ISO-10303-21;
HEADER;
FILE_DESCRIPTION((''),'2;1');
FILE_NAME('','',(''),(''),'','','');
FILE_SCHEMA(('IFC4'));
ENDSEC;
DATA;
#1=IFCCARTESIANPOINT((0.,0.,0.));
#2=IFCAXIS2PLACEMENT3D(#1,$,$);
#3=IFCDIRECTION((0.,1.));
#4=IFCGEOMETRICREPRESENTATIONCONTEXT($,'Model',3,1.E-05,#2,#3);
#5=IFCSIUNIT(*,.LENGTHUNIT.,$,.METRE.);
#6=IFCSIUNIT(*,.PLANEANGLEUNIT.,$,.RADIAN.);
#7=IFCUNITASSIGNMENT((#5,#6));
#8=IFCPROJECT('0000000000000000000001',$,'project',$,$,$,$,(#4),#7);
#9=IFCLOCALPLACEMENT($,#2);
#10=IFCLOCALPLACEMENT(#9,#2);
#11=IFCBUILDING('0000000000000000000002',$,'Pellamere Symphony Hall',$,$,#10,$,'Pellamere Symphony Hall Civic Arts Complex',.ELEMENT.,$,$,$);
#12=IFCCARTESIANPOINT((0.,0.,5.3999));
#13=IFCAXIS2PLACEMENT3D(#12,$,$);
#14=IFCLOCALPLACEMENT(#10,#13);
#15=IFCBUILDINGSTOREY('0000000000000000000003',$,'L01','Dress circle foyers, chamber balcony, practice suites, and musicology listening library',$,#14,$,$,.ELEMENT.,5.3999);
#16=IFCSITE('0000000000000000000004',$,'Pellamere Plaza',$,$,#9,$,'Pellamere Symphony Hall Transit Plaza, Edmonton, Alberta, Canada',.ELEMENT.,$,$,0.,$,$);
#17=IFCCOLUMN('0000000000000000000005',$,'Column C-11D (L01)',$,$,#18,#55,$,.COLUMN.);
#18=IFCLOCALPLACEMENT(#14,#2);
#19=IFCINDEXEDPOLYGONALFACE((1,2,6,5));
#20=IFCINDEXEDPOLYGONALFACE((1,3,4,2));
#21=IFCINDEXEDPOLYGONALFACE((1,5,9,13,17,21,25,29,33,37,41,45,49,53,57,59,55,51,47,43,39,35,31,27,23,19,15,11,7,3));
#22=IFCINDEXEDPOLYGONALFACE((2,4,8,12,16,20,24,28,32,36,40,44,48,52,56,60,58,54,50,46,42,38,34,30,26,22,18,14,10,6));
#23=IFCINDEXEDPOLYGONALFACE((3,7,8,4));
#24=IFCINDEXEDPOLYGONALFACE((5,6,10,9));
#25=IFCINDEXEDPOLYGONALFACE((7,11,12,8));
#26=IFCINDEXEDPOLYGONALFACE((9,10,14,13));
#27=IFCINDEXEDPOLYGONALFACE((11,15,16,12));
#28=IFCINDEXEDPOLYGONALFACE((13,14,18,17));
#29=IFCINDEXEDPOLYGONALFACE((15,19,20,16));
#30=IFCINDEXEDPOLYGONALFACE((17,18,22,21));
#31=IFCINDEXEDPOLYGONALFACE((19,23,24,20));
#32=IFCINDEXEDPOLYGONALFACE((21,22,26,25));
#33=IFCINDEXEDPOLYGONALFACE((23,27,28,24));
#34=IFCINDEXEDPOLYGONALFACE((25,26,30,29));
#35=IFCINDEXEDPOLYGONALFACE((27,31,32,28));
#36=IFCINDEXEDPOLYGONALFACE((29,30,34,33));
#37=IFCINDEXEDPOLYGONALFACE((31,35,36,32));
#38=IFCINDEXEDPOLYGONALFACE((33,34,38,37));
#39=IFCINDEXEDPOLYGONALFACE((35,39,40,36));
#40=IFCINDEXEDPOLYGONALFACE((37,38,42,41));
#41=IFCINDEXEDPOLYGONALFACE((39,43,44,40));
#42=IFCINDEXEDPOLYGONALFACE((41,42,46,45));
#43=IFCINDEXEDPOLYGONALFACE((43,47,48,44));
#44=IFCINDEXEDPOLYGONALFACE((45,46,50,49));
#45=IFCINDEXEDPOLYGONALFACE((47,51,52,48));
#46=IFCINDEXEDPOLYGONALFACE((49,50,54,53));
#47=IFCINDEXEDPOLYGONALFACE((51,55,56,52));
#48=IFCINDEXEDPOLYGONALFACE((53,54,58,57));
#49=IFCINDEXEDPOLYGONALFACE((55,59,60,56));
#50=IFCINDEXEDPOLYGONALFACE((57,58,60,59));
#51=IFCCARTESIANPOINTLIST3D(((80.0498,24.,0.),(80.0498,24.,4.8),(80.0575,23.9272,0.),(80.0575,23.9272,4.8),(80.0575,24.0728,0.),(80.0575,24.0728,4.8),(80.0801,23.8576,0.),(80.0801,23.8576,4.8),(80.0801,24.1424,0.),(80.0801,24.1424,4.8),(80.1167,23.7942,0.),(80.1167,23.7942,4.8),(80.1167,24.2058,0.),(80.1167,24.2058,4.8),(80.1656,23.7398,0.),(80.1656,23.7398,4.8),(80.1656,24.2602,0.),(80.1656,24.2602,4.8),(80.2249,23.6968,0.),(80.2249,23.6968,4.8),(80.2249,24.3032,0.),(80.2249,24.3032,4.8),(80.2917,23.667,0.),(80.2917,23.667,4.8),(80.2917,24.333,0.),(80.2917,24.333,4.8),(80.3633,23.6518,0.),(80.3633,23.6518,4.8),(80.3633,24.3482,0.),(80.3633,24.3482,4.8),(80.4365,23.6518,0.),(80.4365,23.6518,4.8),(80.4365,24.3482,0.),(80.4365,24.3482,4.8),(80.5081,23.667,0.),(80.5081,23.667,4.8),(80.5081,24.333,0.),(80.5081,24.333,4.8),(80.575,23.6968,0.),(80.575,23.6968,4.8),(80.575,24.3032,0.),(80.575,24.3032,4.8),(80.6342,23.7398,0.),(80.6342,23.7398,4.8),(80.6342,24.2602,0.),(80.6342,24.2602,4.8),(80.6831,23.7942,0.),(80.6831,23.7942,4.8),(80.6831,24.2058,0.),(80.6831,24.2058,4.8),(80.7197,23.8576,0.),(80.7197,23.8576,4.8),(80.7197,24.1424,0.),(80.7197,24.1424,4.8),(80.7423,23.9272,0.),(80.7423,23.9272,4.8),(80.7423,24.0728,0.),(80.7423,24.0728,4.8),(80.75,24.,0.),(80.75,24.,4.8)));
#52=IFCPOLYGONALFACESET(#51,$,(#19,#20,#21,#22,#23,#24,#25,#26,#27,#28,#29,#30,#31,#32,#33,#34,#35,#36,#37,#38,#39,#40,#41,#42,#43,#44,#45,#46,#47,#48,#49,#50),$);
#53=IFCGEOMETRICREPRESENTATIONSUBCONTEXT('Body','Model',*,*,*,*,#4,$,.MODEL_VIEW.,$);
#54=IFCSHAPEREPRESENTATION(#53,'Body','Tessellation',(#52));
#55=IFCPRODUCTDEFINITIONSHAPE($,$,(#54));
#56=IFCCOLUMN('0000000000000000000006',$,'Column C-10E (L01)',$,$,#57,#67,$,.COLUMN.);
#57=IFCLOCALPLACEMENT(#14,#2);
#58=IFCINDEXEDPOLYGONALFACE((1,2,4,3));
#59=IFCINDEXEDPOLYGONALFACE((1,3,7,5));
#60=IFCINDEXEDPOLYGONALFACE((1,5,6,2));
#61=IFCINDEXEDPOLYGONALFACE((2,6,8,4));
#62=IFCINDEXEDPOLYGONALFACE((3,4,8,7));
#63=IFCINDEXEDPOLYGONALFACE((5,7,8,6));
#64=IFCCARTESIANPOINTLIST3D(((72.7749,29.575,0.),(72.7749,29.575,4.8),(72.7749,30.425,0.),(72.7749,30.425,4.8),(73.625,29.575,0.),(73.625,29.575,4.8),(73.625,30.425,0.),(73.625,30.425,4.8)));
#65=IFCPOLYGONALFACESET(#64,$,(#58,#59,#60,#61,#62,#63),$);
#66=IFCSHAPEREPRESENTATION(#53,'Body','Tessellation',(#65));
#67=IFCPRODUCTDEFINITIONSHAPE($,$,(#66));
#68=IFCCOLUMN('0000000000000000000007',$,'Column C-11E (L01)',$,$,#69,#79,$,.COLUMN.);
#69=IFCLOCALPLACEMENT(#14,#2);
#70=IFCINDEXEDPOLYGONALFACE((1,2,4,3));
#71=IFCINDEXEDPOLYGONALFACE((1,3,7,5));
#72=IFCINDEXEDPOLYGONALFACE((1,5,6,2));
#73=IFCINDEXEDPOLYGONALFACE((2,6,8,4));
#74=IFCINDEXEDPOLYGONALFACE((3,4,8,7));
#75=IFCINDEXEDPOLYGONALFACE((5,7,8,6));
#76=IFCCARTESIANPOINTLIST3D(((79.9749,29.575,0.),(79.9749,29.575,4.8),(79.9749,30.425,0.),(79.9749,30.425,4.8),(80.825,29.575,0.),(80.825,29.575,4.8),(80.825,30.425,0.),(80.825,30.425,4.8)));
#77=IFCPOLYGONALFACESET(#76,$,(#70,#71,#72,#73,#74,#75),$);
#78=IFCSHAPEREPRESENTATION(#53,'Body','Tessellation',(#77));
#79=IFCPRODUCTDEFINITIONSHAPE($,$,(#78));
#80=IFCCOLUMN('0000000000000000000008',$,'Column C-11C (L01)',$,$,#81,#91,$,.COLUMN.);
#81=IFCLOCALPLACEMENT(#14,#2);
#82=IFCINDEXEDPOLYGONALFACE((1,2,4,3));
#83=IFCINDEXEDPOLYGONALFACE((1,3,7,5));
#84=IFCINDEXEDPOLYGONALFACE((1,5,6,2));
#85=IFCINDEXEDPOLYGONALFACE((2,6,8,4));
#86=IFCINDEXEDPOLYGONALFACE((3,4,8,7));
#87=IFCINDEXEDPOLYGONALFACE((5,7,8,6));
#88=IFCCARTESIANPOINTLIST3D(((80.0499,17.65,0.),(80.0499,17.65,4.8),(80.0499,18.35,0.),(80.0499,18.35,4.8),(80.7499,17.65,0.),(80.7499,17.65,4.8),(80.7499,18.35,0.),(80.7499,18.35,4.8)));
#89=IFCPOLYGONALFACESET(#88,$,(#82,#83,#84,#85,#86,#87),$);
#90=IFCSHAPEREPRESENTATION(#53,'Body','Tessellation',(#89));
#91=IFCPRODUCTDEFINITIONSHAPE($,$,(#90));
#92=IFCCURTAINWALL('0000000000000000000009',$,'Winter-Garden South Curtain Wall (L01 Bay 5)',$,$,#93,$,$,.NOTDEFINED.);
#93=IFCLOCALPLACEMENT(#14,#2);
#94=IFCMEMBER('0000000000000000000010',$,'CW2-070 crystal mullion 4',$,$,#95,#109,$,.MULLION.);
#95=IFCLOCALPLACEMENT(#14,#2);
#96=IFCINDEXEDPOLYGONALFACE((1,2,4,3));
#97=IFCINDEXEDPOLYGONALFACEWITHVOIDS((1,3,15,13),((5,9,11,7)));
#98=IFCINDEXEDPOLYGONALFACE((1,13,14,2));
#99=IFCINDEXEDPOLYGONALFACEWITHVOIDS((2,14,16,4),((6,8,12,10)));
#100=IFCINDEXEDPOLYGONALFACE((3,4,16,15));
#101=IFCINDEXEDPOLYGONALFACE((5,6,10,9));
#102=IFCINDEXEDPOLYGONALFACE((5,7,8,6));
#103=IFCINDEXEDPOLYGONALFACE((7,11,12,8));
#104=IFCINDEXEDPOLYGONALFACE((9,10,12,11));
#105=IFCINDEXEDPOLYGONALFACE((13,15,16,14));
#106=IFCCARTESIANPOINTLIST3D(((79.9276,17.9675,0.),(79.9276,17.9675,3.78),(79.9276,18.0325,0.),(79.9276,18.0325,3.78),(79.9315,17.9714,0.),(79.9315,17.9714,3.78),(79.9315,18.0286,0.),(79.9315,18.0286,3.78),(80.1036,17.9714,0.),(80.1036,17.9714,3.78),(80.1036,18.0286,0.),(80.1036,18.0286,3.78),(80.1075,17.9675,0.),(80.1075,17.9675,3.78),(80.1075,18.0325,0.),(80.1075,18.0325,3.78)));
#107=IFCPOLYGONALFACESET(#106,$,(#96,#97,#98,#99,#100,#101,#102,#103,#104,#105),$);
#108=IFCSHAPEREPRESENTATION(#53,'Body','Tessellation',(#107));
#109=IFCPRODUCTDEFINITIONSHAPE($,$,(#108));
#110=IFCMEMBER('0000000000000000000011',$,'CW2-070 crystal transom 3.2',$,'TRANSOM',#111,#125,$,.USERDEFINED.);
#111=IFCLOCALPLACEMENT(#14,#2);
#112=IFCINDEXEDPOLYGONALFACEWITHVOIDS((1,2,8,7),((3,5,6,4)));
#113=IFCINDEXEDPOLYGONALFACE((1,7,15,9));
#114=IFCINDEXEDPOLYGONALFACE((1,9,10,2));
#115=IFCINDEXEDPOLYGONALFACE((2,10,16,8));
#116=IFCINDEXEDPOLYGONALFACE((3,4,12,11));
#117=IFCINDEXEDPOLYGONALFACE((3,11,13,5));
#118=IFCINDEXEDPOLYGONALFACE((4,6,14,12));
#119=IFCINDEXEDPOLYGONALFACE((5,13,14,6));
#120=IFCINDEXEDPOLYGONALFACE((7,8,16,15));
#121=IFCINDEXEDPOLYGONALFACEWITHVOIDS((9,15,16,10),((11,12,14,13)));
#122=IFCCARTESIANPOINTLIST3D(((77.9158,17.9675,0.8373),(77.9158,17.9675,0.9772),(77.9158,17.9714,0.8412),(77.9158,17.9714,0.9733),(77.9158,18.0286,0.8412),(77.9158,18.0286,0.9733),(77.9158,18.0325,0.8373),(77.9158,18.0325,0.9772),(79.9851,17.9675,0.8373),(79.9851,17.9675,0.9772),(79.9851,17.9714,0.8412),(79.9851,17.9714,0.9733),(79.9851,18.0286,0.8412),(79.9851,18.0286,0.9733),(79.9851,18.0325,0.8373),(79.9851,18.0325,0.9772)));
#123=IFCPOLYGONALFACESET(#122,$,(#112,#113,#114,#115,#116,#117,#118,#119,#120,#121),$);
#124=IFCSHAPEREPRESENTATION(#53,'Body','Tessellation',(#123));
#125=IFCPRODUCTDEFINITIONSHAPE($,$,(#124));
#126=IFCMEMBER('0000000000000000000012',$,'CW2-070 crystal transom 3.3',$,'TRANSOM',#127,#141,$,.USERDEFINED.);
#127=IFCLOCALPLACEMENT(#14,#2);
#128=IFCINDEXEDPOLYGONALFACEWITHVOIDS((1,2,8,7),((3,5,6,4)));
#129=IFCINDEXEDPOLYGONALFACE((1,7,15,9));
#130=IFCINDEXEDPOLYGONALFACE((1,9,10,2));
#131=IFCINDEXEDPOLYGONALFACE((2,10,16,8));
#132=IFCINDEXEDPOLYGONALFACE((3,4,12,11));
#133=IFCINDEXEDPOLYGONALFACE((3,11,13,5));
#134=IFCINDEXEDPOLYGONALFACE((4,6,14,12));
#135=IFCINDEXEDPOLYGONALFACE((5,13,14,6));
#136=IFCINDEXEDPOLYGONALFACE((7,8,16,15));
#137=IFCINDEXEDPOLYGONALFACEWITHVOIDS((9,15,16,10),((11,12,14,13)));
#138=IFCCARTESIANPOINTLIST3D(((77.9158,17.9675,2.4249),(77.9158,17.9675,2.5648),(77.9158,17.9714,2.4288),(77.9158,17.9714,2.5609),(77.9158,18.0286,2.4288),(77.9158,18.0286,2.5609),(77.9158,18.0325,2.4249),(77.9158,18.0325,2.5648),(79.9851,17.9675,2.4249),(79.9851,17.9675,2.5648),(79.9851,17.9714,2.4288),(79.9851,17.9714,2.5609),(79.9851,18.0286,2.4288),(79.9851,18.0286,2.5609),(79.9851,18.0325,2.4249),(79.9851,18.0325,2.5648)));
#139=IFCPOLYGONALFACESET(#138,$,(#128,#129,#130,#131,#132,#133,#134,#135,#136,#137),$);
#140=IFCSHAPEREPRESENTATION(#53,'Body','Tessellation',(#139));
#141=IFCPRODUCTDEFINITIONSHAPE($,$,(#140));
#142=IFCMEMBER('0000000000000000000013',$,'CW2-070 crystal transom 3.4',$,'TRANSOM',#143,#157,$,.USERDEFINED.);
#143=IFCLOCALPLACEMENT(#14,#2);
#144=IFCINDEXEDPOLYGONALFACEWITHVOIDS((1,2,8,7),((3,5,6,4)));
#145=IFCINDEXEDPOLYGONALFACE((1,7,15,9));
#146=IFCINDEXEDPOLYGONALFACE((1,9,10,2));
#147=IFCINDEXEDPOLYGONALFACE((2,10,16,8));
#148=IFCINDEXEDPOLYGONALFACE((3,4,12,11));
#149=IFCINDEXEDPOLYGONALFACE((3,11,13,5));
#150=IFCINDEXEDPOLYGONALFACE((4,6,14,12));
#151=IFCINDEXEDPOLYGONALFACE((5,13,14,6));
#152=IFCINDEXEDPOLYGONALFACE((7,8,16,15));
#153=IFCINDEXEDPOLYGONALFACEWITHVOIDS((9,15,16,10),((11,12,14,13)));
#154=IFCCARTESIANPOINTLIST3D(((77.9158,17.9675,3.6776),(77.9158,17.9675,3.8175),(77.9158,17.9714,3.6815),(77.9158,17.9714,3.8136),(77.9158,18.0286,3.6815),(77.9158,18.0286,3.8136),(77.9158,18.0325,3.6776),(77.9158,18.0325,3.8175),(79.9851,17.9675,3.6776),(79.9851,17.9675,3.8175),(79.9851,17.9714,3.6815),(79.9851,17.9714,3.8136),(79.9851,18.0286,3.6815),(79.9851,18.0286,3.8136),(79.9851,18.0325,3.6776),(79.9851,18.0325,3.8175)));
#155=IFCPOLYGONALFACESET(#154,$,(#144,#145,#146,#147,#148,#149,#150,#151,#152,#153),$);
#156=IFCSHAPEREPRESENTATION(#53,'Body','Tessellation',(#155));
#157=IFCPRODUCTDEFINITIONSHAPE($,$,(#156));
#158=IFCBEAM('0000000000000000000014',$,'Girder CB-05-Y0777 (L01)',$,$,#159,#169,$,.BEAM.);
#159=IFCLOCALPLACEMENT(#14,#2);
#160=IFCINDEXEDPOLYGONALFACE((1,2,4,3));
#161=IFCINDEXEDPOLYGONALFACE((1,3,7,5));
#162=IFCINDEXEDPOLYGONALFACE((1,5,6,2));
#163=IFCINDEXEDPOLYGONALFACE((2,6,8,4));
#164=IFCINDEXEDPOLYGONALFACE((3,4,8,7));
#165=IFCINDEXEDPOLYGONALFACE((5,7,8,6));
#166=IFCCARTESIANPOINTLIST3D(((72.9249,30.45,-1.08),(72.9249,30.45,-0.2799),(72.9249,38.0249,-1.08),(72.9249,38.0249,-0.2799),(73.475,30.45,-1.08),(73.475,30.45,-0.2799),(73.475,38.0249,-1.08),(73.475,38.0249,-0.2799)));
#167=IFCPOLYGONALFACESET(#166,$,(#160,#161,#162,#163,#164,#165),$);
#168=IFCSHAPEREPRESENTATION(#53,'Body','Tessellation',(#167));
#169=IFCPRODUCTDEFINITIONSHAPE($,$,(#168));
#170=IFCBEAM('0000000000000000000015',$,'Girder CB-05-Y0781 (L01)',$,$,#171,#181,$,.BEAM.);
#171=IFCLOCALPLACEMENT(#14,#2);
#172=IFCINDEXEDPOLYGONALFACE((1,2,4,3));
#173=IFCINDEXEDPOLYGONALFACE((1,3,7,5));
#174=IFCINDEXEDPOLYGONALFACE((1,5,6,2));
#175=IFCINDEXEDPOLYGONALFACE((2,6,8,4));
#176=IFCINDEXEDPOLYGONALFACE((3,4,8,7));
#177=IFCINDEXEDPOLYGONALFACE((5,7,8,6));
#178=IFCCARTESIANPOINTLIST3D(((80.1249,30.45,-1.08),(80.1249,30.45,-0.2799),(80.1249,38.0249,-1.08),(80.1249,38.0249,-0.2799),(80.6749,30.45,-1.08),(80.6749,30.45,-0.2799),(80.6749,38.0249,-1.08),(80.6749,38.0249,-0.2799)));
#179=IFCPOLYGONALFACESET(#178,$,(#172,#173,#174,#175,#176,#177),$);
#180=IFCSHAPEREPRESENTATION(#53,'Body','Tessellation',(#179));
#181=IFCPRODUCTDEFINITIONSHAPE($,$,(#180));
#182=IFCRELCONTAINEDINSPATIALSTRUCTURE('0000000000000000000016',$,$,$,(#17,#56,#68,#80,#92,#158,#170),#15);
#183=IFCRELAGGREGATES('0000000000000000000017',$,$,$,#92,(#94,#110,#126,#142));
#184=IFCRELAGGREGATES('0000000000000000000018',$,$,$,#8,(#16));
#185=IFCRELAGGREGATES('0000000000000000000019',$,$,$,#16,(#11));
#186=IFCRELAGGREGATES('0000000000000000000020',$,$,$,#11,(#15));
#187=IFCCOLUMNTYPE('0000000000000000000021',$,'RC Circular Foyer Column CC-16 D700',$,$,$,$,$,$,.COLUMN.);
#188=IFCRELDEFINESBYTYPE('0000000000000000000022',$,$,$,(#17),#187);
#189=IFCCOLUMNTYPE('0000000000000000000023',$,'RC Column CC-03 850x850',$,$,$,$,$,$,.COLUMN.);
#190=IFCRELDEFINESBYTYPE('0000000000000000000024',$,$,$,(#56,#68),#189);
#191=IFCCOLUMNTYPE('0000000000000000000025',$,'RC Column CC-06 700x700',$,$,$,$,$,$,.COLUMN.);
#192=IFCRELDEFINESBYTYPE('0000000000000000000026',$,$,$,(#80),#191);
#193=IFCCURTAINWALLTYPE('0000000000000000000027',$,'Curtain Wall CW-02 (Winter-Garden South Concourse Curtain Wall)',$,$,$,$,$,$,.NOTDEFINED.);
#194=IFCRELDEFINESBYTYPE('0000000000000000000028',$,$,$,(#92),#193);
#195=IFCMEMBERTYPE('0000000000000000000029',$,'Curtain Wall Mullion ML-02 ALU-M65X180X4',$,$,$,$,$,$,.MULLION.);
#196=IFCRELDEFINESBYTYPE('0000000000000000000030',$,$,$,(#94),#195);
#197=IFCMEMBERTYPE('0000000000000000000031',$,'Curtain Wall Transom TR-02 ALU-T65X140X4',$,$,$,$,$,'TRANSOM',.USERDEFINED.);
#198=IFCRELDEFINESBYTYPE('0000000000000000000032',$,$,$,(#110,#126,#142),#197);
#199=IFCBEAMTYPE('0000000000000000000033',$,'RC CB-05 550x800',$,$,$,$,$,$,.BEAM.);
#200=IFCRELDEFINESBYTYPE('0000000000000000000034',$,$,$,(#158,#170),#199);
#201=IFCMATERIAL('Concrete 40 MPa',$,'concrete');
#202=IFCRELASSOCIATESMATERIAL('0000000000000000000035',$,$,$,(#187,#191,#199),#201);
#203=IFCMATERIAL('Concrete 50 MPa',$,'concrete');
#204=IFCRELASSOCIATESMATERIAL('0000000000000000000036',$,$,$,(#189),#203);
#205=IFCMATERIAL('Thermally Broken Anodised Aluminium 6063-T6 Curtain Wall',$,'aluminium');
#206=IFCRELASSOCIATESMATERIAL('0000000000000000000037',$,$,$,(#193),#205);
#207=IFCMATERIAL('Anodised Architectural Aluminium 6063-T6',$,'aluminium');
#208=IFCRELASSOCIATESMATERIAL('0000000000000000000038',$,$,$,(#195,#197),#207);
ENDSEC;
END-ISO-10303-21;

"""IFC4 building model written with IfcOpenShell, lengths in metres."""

from ifc_helpers import new_model, si_unit, direction, frame, origin, origin_2d, place, context, subcontext, project, spatial, rectangle, hollow_rectangle, circle, extrude, material, material_profile, profile_set, type_object, element, aggregate, save


model = new_model("IFC4")

# Units and contexts
model_context = context("Model", 3, precision=1e-05, world=origin(), true_north=direction((0.0, 1.0)))
body_context = subcontext(model_context, "Body", "Model", "MODEL_VIEW")
ifc_project = project(units=[si_unit("LENGTHUNIT", "METRE"), si_unit("PLANEANGLEUNIT", "RADIAN")], contexts=[model_context])

# Site, building, storey
site_placement = place(None, origin())
site = spatial("IfcSite", under=ifc_project, at=site_placement, Name="Pellamere Plaza", LongName="Pellamere Symphony Hall Transit Plaza, Edmonton, Alberta, Canada", CompositionType="ELEMENT", RefElevation=0.0)
building_placement = place(site_placement, origin())
building = spatial("IfcBuilding", under=site, at=building_placement, Name="Pellamere Symphony Hall", LongName="Pellamere Symphony Hall Civic Arts Complex", CompositionType="ELEMENT")
storey_placement = place(building_placement, frame((0.0, 0.0, 5.3999)))
storey = spatial("IfcBuildingStorey", under=building, at=storey_placement, Name="L01", Description="Dress circle foyers, chamber balcony, practice suites, and musicology listening library", CompositionType="ELEMENT", Elevation=5.3999)

# Columns
ifc_material_1 = material(Name="Concrete 40 MPa", Category="concrete")
ifc_material_profile_1 = material_profile(ifc_material_1, circle(Radius=0.3501, at=origin_2d()), Name="RCCOL D700")
ifc_profile_set_1 = profile_set([ifc_material_profile_1], Name="Concrete 40 MPa")
column_type_1 = type_object("IfcColumnType", Name="RC Circular Foyer Column CC-16 D700", PredefinedType="COLUMN", material=ifc_profile_set_1)
column_1_placement = place(storey_placement, frame((80.3999, 24.0, 0.0), z_axis=(0.0, 0.0, 1.0), x_axis=(1.0, 0.0, 0.0)))
element("IfcColumn", 1, at=column_1_placement, inside=storey, type_object=column_type_1, Name="Column C-11D (L01)", PredefinedType="COLUMN", context=body_context, shape_type="SweptSolid", body=[
    extrude(circle(Radius=0.3501, at=origin_2d()), origin(), (0.0, 0.0, 1.0), 4.8),
])
ifc_material_2 = material(Name="Concrete 50 MPa", Category="concrete")
ifc_material_profile_2 = material_profile(ifc_material_2, rectangle(XDim=0.8501, YDim=0.8501, at=origin_2d()), Name="RC 850x850")
ifc_profile_set_2 = profile_set([ifc_material_profile_2], Name="Concrete 50 MPa")
column_type_2 = type_object("IfcColumnType", Name="RC Column CC-03 850x850", PredefinedType="COLUMN", material=ifc_profile_set_2)
for number, where, z_axis, x_axis, name in (
    (2, (73.2, 30.0, 0.0), (0.0, 0.0, 1.0), (1.0, 0.0, 0.0), "Column C-10E (L01)"),
    (3, (80.3999, 30.0, 0.0), (0.0, 0.0, 1.0), (1.0, 0.0, 0.0), "Column C-11E (L01)"),
):
    element("IfcColumn", number, at=place(storey_placement, frame(where, z_axis=z_axis, x_axis=x_axis)), inside=storey, type_object=column_type_2, Name=name, PredefinedType="COLUMN", context=body_context, shape_type="SweptSolid", body=[
        extrude(rectangle(XDim=0.8501, YDim=0.8501, at=origin_2d()), origin(), (0.0, 0.0, 1.0), 4.8),
    ])
ifc_material_profile_3 = material_profile(ifc_material_1, rectangle(XDim=0.7, YDim=0.7, at=origin_2d()), Name="RC 700x700")
ifc_profile_set_3 = profile_set([ifc_material_profile_3], Name="Concrete 40 MPa")
column_type_3 = type_object("IfcColumnType", Name="RC Column CC-06 700x700", PredefinedType="COLUMN", material=ifc_profile_set_3)
column_2_placement = place(storey_placement, frame((80.3999, 18.0, 0.0), z_axis=(0.0, 0.0, 1.0), x_axis=(1.0, 0.0, 0.0)))
element("IfcColumn", 4, at=column_2_placement, inside=storey, type_object=column_type_3, Name="Column C-11C (L01)", PredefinedType="COLUMN", context=body_context, shape_type="SweptSolid", body=[
    extrude(rectangle(XDim=0.7, YDim=0.7, at=origin_2d()), origin(), (0.0, 0.0, 1.0), 4.8),
])

# Curtain wall, members
ifc_material_3 = material(Name="Thermally Broken Anodised Aluminium 6063-T6 Curtain Wall", Category="aluminium")
curtain_wall_type = type_object("IfcCurtainWallType", Name="Curtain Wall CW-02 (Winter-Garden South Concourse Curtain Wall)", PredefinedType="NOTDEFINED", material=ifc_material_3)
curtain_wall_placement = place(storey_placement, origin())
curtain_wall = element("IfcCurtainWall", 5, at=curtain_wall_placement, inside=storey, type_object=curtain_wall_type, Name="Winter-Garden South Curtain Wall (L01 Bay 5)", PredefinedType="NOTDEFINED")
ifc_material_4 = material(Name="Anodised Architectural Aluminium 6063-T6", Category="aluminium")
ifc_material_profile_4 = material_profile(ifc_material_4, hollow_rectangle(XDim=0.0649, YDim=0.1799, WallThickness=0.0039, at=origin_2d()), Name="ALU-M65X180X4")
ifc_profile_set_4 = profile_set([ifc_material_profile_4], Name="Anodised Architectural Aluminium 6063-T6")
member_type_1 = type_object("IfcMemberType", Name="Curtain Wall Mullion ML-02 ALU-M65X180X4", PredefinedType="MULLION", material=ifc_profile_set_4)
member_1_placement = place(storey_placement, frame((80.0176, 18.0, 0.0), z_axis=(0.0, 0.0, 1.0), x_axis=(0.0, 1.0, 0.0)))
member_1 = element("IfcMember", 6, at=member_1_placement, type_object=member_type_1, Name="CW2-070 crystal mullion 4", PredefinedType="MULLION", context=body_context, shape_type="SweptSolid", body=[
    extrude(hollow_rectangle(XDim=0.0649, YDim=0.1799, WallThickness=0.0039, at=origin_2d()), origin(), (0.0, 0.0, 1.0), 3.78),
])
ifc_material_profile_5 = material_profile(ifc_material_4, hollow_rectangle(XDim=0.0649, YDim=0.1399, WallThickness=0.0039, at=origin_2d()), Name="ALU-T65X140X4")
ifc_profile_set_5 = profile_set([ifc_material_profile_5], Name="Anodised Architectural Aluminium 6063-T6")
member_type_2 = type_object("IfcMemberType", Name="Curtain Wall Transom TR-02 ALU-T65X140X4", ElementType="TRANSOM", PredefinedType="USERDEFINED", material=ifc_profile_set_5)
member_2_placement = place(storey_placement, frame((77.9158, 18.0, 0.9072), z_axis=(1.0, 0.0, 0.0), x_axis=(0.0, 1.0, 0.0)))
member_2 = element("IfcMember", 7, at=member_2_placement, type_object=member_type_2, Name="CW2-070 crystal transom 3.2", ObjectType="TRANSOM", PredefinedType="USERDEFINED", context=body_context, shape_type="SweptSolid", body=[
    extrude(hollow_rectangle(XDim=0.0649, YDim=0.1399, WallThickness=0.0039, at=origin_2d()), origin(), (0.0, 0.0, 1.0), 2.0693),
])
member_3_placement = place(storey_placement, frame((77.9158, 18.0, 2.4949), z_axis=(1.0, 0.0, 0.0), x_axis=(0.0, 1.0, 0.0)))
member_3 = element("IfcMember", 8, at=member_3_placement, type_object=member_type_2, Name="CW2-070 crystal transom 3.3", ObjectType="TRANSOM", PredefinedType="USERDEFINED", context=body_context, shape_type="SweptSolid", body=[
    extrude(hollow_rectangle(XDim=0.0649, YDim=0.1399, WallThickness=0.0039, at=origin_2d()), origin(), (0.0, 0.0, 1.0), 2.0693),
])
member_4_placement = place(storey_placement, frame((77.9158, 18.0, 3.7476), z_axis=(1.0, 0.0, 0.0), x_axis=(0.0, 1.0, 0.0)))
member_4 = element("IfcMember", 9, at=member_4_placement, type_object=member_type_2, Name="CW2-070 crystal transom 3.4", ObjectType="TRANSOM", PredefinedType="USERDEFINED", context=body_context, shape_type="SweptSolid", body=[
    extrude(hollow_rectangle(XDim=0.0649, YDim=0.1399, WallThickness=0.0039, at=origin_2d()), origin(), (0.0, 0.0, 1.0), 2.0693),
])

# Beams
ifc_material_profile_6 = material_profile(ifc_material_1, rectangle(XDim=0.55, YDim=0.8, at=origin_2d()), Name="RC 550x800")
ifc_profile_set_6 = profile_set([ifc_material_profile_6], Name="Concrete 40 MPa")
beam_type_1 = type_object("IfcBeamType", Name="RC CB-05 550x800", PredefinedType="BEAM", material=ifc_profile_set_6)
for number, where, z_axis, x_axis, name in (
    (10, (73.2, 30.45, -0.6799), (0.0, 1.0, 0.0), (-1.0, 0.0, 0.0), "Girder CB-05-Y0777 (L01)"),
    (11, (80.3999, 30.45, -0.6799), (0.0, 1.0, 0.0), (-1.0, 0.0, 0.0), "Girder CB-05-Y0781 (L01)"),
):
    element("IfcBeam", number, at=place(storey_placement, frame(where, z_axis=z_axis, x_axis=x_axis)), inside=storey, type_object=beam_type_1, Name=name, PredefinedType="BEAM", context=body_context, shape_type="SweptSolid", body=[
        extrude(rectangle(XDim=0.55, YDim=0.8, at=origin_2d()), origin(), (0.0, 0.0, 1.0), 7.575),
    ])

aggregate(curtain_wall, [member_1, member_2, member_3, member_4])

save(model, "model.ifc")
